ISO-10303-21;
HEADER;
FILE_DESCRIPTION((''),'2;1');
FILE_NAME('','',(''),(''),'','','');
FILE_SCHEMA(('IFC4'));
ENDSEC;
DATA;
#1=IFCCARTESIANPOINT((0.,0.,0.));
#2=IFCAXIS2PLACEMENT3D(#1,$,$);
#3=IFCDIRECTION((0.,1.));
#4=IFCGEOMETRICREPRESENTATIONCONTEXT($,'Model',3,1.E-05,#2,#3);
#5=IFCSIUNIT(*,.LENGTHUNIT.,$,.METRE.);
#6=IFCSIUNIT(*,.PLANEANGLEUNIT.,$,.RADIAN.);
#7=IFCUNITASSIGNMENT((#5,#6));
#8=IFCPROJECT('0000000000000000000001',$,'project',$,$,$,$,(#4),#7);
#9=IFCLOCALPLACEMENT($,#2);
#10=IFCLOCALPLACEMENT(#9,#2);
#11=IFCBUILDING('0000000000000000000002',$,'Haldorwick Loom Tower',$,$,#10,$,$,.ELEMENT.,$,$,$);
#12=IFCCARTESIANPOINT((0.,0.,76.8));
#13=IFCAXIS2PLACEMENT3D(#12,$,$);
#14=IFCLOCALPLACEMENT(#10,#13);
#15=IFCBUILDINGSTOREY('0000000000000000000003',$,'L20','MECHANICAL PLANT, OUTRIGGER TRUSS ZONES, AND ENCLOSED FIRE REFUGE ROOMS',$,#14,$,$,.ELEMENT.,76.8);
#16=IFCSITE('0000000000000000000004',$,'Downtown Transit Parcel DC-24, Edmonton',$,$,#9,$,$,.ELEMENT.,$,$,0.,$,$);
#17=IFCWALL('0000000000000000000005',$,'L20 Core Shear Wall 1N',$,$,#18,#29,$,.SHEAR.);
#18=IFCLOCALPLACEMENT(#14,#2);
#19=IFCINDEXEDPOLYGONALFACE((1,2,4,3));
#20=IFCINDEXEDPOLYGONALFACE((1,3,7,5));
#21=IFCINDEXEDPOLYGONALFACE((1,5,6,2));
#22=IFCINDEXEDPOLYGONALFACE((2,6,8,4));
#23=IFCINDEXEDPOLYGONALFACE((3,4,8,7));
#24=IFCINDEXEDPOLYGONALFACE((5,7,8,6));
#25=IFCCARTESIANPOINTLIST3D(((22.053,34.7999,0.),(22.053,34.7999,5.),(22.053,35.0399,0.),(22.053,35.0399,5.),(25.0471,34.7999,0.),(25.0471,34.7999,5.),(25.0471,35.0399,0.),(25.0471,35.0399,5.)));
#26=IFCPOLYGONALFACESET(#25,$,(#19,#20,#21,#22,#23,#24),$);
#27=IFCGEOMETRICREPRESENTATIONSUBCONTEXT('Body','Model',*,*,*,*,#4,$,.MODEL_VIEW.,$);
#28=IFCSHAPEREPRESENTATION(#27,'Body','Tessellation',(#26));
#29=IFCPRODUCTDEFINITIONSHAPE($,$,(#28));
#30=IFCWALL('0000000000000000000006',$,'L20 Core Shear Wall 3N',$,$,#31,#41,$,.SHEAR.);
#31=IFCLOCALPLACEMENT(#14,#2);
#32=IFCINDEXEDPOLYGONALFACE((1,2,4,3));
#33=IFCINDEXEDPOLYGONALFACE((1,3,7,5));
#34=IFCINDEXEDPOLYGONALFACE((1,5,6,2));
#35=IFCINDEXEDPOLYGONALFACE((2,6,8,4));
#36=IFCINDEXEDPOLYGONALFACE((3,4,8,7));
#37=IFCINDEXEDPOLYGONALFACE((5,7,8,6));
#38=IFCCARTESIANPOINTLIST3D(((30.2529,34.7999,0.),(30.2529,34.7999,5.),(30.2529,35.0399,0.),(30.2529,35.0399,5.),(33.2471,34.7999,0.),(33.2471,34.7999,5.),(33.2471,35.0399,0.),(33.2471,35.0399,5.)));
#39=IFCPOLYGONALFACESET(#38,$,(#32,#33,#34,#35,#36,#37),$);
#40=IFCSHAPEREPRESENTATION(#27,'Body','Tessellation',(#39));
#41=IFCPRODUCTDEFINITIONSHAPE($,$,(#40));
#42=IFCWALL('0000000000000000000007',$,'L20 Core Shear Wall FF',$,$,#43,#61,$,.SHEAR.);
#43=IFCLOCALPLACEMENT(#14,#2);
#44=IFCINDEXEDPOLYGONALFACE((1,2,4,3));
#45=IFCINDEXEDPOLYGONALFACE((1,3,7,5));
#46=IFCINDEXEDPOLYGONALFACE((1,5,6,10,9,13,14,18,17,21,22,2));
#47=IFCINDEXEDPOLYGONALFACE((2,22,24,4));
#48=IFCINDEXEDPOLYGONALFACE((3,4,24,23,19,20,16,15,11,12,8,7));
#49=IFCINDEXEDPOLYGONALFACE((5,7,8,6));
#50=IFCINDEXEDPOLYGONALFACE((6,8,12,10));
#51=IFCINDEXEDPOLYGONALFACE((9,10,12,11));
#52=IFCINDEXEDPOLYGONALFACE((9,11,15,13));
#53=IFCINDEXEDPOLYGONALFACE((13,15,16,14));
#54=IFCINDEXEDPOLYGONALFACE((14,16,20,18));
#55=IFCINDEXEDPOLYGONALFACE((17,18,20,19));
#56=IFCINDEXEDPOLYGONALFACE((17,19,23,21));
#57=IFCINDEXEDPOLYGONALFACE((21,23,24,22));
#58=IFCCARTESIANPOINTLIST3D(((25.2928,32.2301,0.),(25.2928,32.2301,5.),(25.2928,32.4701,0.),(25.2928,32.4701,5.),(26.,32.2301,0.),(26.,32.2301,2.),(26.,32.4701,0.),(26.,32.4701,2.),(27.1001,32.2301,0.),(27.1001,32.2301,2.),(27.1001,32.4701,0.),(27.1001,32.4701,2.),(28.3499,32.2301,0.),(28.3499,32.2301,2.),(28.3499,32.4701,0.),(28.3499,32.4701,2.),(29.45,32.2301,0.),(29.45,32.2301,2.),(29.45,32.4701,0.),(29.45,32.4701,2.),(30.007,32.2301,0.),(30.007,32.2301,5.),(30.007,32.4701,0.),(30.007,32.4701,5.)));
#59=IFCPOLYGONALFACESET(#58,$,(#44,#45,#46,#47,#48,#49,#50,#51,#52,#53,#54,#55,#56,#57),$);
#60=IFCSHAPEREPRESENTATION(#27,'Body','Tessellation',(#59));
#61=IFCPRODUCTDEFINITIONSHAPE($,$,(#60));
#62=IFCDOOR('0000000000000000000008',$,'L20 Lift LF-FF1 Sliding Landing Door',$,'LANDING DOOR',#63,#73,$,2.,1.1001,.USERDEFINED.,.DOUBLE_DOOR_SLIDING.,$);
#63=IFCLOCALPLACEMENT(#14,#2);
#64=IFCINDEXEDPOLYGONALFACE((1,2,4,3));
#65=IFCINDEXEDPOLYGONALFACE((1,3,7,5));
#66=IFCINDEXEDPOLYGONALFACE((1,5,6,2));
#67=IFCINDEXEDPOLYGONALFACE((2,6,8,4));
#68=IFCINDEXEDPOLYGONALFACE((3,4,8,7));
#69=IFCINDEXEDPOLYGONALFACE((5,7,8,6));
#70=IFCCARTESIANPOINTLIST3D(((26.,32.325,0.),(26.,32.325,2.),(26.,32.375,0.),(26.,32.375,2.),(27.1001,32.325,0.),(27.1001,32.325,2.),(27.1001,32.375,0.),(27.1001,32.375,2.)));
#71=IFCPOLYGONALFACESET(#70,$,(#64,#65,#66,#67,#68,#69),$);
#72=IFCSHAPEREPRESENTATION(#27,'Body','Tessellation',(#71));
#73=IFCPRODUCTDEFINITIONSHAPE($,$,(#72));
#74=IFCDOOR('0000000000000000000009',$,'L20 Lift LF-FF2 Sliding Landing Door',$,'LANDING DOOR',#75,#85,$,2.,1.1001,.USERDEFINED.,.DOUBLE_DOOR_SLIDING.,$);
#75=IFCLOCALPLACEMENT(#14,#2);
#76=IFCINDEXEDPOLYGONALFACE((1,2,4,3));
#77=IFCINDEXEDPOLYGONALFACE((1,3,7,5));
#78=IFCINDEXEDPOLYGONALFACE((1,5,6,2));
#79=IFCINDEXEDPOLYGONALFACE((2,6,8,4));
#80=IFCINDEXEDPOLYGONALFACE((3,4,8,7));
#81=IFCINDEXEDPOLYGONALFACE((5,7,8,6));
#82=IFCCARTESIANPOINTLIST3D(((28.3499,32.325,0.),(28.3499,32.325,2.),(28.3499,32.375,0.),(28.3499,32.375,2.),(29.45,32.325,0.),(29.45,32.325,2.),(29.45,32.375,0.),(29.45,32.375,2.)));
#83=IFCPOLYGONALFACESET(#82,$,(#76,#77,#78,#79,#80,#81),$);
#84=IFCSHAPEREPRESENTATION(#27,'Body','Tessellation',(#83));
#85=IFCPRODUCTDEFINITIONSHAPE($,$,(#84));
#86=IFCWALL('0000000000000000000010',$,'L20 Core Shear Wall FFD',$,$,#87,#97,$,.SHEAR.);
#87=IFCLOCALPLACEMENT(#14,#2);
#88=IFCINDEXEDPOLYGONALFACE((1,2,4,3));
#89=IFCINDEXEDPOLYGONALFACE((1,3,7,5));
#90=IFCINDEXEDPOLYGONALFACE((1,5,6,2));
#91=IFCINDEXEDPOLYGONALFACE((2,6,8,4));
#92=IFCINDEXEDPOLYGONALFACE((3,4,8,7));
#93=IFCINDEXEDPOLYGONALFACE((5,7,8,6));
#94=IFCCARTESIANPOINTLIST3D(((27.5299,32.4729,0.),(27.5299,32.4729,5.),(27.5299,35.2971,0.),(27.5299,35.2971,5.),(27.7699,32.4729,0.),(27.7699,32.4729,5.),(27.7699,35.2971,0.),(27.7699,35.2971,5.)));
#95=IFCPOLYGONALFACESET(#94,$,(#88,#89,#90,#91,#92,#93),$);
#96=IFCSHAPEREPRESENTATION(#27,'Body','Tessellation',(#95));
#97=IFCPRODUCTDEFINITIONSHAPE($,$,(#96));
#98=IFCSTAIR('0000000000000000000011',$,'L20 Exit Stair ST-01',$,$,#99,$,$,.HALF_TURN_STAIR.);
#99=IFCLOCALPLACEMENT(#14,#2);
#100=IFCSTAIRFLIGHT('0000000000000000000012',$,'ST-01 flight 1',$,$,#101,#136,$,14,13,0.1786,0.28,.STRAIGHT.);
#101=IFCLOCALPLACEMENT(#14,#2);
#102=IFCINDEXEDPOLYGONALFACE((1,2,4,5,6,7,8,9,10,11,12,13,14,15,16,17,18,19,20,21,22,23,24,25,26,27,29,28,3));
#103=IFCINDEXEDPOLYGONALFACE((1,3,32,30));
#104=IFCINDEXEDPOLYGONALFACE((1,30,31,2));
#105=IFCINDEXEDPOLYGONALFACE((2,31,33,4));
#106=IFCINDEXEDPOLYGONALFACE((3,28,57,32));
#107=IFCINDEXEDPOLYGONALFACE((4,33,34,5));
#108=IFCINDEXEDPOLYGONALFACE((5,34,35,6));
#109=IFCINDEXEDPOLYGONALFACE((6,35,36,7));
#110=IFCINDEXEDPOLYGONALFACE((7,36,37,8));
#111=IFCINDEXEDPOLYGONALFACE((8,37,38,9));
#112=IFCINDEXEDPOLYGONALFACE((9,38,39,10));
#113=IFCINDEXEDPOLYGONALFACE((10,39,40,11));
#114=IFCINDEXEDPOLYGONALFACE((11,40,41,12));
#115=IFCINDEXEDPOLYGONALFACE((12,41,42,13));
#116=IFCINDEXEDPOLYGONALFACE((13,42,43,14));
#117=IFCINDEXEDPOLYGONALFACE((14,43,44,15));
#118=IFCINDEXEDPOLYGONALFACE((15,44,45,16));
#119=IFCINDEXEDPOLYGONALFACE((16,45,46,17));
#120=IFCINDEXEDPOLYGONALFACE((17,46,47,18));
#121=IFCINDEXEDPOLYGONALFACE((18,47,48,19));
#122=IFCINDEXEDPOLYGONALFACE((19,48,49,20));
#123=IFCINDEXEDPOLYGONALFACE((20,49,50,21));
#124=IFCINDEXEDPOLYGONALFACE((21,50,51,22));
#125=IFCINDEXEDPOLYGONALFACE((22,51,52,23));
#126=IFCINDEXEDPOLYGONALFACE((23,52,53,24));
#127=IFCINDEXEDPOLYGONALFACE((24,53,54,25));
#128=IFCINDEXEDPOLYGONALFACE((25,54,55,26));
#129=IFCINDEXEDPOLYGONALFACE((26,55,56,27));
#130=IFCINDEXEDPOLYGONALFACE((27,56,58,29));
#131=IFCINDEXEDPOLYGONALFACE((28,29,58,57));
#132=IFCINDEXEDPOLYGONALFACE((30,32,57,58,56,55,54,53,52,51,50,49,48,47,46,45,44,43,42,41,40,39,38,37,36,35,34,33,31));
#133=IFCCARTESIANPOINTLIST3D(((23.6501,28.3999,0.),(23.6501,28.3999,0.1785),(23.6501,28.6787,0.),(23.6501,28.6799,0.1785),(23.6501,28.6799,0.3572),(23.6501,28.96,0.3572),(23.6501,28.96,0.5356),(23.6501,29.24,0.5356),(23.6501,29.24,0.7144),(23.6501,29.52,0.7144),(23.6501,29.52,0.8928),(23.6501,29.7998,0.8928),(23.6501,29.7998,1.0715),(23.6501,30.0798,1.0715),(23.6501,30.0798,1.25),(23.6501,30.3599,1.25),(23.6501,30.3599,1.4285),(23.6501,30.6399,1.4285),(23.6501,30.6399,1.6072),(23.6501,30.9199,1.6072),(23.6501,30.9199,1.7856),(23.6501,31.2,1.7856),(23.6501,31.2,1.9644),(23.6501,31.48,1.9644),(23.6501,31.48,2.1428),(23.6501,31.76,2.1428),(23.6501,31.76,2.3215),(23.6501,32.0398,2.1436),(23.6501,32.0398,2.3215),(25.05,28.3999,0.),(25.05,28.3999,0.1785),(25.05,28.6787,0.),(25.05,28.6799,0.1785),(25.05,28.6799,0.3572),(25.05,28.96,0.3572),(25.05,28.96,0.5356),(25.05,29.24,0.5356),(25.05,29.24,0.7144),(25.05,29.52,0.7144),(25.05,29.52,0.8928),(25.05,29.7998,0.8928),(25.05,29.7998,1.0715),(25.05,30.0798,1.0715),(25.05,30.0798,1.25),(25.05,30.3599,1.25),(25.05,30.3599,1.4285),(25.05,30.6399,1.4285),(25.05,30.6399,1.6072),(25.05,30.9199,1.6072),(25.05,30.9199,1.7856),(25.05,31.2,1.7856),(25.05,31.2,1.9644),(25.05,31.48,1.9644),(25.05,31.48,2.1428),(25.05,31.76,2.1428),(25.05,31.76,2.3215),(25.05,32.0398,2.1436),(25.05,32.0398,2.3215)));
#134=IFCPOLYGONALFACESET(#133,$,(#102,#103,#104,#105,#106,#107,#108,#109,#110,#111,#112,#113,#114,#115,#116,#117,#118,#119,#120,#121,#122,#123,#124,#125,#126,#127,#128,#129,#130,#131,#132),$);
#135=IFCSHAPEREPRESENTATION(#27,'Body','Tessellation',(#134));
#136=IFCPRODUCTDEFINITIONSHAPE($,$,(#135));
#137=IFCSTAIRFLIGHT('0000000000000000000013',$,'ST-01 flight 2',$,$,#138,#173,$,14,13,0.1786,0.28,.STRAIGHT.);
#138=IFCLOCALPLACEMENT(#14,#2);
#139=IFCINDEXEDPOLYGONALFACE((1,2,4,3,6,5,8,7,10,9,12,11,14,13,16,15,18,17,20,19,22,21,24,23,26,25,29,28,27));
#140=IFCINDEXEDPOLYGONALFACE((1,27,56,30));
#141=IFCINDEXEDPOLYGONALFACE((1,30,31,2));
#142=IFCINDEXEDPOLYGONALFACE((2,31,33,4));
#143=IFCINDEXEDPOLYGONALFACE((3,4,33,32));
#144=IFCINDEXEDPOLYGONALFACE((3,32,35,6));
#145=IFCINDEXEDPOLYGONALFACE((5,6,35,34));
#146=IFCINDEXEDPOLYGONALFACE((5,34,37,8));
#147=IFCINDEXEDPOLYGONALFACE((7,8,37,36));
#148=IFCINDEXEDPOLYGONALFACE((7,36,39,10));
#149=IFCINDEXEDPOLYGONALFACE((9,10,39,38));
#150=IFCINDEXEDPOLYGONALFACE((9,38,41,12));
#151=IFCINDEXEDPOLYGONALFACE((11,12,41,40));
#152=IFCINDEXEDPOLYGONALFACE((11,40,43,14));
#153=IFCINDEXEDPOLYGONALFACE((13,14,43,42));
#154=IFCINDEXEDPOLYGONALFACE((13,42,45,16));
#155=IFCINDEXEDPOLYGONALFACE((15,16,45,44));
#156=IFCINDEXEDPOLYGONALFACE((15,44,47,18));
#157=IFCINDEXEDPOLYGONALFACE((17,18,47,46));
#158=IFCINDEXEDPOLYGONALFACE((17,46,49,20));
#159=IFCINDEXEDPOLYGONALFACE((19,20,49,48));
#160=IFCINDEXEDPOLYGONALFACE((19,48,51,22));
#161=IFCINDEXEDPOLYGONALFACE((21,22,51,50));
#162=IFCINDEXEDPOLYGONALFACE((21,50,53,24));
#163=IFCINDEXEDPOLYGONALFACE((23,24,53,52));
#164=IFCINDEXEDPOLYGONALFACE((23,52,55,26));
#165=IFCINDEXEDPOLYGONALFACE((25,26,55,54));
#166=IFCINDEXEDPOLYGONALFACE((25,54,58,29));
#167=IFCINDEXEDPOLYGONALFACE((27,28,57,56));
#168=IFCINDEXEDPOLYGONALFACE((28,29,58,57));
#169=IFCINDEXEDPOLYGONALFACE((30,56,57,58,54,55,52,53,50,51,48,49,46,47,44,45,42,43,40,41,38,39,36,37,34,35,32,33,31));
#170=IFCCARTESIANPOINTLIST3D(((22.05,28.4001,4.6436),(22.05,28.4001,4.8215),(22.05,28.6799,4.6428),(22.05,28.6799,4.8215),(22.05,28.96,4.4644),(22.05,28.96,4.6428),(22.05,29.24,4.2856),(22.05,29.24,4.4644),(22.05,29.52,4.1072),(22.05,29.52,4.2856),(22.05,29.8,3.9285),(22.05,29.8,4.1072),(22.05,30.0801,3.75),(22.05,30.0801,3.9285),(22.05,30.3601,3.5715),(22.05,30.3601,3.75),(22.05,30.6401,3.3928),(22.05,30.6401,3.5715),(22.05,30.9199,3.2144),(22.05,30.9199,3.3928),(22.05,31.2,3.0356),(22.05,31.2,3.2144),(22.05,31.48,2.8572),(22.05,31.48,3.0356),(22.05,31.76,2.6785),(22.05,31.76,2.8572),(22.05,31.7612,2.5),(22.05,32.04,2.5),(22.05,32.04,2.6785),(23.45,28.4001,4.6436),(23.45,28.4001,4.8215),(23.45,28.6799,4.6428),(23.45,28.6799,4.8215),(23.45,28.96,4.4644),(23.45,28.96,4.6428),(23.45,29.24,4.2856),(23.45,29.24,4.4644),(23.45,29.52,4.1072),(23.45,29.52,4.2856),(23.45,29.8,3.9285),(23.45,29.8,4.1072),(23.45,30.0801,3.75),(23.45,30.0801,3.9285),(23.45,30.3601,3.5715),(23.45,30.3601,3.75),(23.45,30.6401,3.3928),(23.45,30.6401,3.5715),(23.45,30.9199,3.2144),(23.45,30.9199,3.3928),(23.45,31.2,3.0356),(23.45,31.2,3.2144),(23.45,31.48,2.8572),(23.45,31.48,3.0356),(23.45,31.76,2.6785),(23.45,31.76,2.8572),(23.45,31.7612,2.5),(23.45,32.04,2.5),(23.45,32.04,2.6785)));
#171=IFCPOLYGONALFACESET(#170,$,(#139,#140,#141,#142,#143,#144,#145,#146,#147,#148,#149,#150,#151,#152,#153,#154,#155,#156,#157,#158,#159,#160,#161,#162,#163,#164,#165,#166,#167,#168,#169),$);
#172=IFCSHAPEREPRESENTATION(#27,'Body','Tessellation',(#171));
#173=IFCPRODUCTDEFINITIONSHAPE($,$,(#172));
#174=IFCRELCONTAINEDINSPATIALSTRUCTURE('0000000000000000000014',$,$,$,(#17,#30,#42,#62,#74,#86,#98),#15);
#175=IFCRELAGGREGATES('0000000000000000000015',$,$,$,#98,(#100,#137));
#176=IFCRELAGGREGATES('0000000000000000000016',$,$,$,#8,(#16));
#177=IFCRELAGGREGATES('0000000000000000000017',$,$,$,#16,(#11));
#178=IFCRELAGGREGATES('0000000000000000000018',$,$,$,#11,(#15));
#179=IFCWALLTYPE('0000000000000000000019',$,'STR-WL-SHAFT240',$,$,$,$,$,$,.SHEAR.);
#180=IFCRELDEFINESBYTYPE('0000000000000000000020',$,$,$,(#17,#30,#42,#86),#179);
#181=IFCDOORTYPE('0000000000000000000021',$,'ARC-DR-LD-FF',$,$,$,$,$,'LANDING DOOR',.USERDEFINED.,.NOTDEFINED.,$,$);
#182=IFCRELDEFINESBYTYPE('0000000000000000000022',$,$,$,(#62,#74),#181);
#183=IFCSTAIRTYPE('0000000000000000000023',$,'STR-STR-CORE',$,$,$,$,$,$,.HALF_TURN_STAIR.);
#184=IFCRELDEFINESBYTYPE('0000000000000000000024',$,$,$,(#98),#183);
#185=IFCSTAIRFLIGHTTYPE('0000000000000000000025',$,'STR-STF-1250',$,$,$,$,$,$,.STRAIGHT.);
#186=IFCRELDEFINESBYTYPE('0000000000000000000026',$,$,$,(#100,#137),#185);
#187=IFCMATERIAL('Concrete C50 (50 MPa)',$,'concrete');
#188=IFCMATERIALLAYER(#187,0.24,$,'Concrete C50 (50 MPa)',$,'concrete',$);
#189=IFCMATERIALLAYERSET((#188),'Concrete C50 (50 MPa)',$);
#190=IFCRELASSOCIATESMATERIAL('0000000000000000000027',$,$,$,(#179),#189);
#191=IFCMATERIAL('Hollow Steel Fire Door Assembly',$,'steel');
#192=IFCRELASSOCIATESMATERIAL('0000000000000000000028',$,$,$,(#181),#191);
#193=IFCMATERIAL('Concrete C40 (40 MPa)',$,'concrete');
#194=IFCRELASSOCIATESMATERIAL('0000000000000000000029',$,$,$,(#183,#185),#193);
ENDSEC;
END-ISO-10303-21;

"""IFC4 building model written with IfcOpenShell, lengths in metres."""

from ifc_helpers import new_model, si_unit, direction, frame, frame_2d, origin, place, context, subcontext, project, spatial, polyline, rectangle, outline, extrude, material, layer, layer_set, type_object, element, fill, aggregate, save


model = new_model("IFC4")

# Units and contexts
model_context = context("Model", 3, precision=1e-05, world=origin(), true_north=direction((0.0, 1.0)))
body_context = subcontext(model_context, "Body", "Model", "MODEL_VIEW")
ifc_project = project(units=[si_unit("LENGTHUNIT", "METRE"), si_unit("PLANEANGLEUNIT", "RADIAN")], contexts=[model_context])

# Site, building, storey
site_placement = place(None, origin())
site = spatial("IfcSite", under=ifc_project, at=site_placement, Name="Downtown Transit Parcel DC-24, Edmonton", CompositionType="ELEMENT", RefElevation=0.0)
building_placement = place(site_placement, origin())
building = spatial("IfcBuilding", under=site, at=building_placement, Name="Haldorwick Loom Tower", CompositionType="ELEMENT")
storey_placement = place(building_placement, frame((0.0, 0.0, 76.8)))
storey = spatial("IfcBuildingStorey", under=building, at=storey_placement, Name="L20", Description="MECHANICAL PLANT, OUTRIGGER TRUSS ZONES, AND ENCLOSED FIRE REFUGE ROOMS", CompositionType="ELEMENT", Elevation=76.8)

# Walls
ifc_material_1 = material(Name="Concrete C50 (50 MPa)", Category="concrete")
ifc_layer = layer(ifc_material_1, 0.24, Name="Concrete C50 (50 MPa)", Category="concrete")
ifc_layer_set = layer_set([ifc_layer], Name="Concrete C50 (50 MPa)")
wall_type = type_object("IfcWallType", Name="STR-WL-SHAFT240", PredefinedType="SHEAR", material=ifc_layer_set)
for number, where, z_axis, x_axis, name in (
    (1, (22.053, 34.9199, 0.0), (0.0, 0.0, 1.0), (1.0, 0.0, 0.0), "L20 Core Shear Wall 1N"),
    (2, (30.2529, 34.9199, 0.0), (0.0, 0.0, 1.0), (1.0, 0.0, 0.0), "L20 Core Shear Wall 3N"),
):
    element("IfcWall", number, at=place(storey_placement, frame(where, z_axis=z_axis, x_axis=x_axis)), inside=storey, type_object=wall_type, Name=name, PredefinedType="SHEAR", context=body_context, shape_type="SweptSolid", body=[
        extrude(rectangle(XDim=2.9941, YDim=0.24, at=frame_2d((1.4971, 0.0))), origin(), (0.0, 0.0, 1.0), 5.0),
    ])

# Wall, openings, doors
wall_1_placement = place(storey_placement, frame((25.293, 32.3501, 0.0), z_axis=(0.0, 0.0, 1.0), x_axis=(1.0, 0.0, 0.0)))
wall_1 = element("IfcWall", 3, at=wall_1_placement, inside=storey, type_object=wall_type, Name="L20 Core Shear Wall FF", PredefinedType="SHEAR", context=body_context, shape_type="SweptSolid", body=[
    extrude(rectangle(XDim=4.7141, YDim=0.24, at=frame_2d((2.3569, 0.0))), origin(), (0.0, 0.0, 1.0), 5.0),
])
opening_1_placement = place(wall_1_placement, frame((0.707, 0.0, 0.0)))
opening_1 = element("IfcOpeningElement", 4, at=opening_1_placement, cuts=wall_1, PredefinedType="OPENING", context=body_context, shape_type="SweptSolid", body=[
    extrude(rectangle(XDim=1.1001, YDim=2.0, at=frame_2d((0.55, 1.0))), frame((0.0, 0.1299, 0.0), z_axis=(0.0, -1.0, 0.0), x_axis=(1.0, 0.0, 0.0)), (0.0, 0.0, 1.0), 0.26),
])
opening_2_placement = place(wall_1_placement, frame((3.0569, 0.0, 0.0)))
opening_2 = element("IfcOpeningElement", 5, at=opening_2_placement, cuts=wall_1, PredefinedType="OPENING", context=body_context, shape_type="SweptSolid", body=[
    extrude(rectangle(XDim=1.1001, YDim=2.0, at=frame_2d((0.55, 1.0))), frame((0.0, 0.1299, 0.0), z_axis=(0.0, -1.0, 0.0), x_axis=(1.0, 0.0, 0.0)), (0.0, 0.0, 1.0), 0.26),
])
ifc_material_2 = material(Name="Hollow Steel Fire Door Assembly", Category="steel")
door_type = type_object("IfcDoorType", Name="ARC-DR-LD-FF", ElementType="LANDING DOOR", OperationType="NOTDEFINED", PredefinedType="USERDEFINED", material=ifc_material_2)
door_1_placement = place(opening_1_placement, origin())
door_1 = element("IfcDoor", 6, at=door_1_placement, inside=storey, type_object=door_type, Name="L20 Lift LF-FF1 Sliding Landing Door", ObjectType="LANDING DOOR", OperationType="DOUBLE_DOOR_SLIDING", OverallHeight=2.0, OverallWidth=1.1001, PredefinedType="USERDEFINED", context=body_context, shape_type="SweptSolid", body=[
    extrude(rectangle(XDim=1.1001, YDim=2.0, at=frame_2d((0.55, 1.0))), frame((0.0, 0.0249, 0.0), z_axis=(0.0, -1.0, 0.0), x_axis=(1.0, 0.0, 0.0)), (0.0, 0.0, 1.0), 0.05),
])
fill(opening_1, door_1)
door_2_placement = place(opening_2_placement, origin())
door_2 = element("IfcDoor", 7, at=door_2_placement, inside=storey, type_object=door_type, Name="L20 Lift LF-FF2 Sliding Landing Door", ObjectType="LANDING DOOR", OperationType="DOUBLE_DOOR_SLIDING", OverallHeight=2.0, OverallWidth=1.1001, PredefinedType="USERDEFINED", context=body_context, shape_type="SweptSolid", body=[
    extrude(rectangle(XDim=1.1001, YDim=2.0, at=frame_2d((0.55, 1.0))), frame((0.0, 0.0249, 0.0), z_axis=(0.0, -1.0, 0.0), x_axis=(1.0, 0.0, 0.0)), (0.0, 0.0, 1.0), 0.05),
])
fill(opening_2, door_2)

# Wall
wall_2_placement = place(storey_placement, frame((27.6499, 32.4729, 0.0), z_axis=(0.0, 0.0, 1.0), x_axis=(0.0, 1.0, 0.0)))
element("IfcWall", 8, at=wall_2_placement, inside=storey, type_object=wall_type, Name="L20 Core Shear Wall FFD", PredefinedType="SHEAR", context=body_context, shape_type="SweptSolid", body=[
    extrude(rectangle(XDim=2.8242, YDim=0.24, at=frame_2d((1.4121, 0.0))), origin(), (0.0, 0.0, 1.0), 5.0),
])

# Stair, stair flights
ifc_material_3 = material(Name="Concrete C40 (40 MPa)", Category="concrete")
stair_type = type_object("IfcStairType", Name="STR-STR-CORE", PredefinedType="HALF_TURN_STAIR", material=ifc_material_3)
stair_1_placement = place(storey_placement, origin())
stair_1 = element("IfcStair", 9, at=stair_1_placement, inside=storey, type_object=stair_type, Name="L20 Exit Stair ST-01", PredefinedType="HALF_TURN_STAIR")
stair_flight_type = type_object("IfcStairFlightType", Name="STR-STF-1250", PredefinedType="STRAIGHT", material=ifc_material_3)
stair_flight_1_placement = place(storey_placement, frame((24.3501, 28.3999, 0.0), z_axis=(0.0, 0.0, 1.0), x_axis=(0.0, 1.0, 0.0)))
stair_flight_1 = element("IfcStairFlight", 10, at=stair_flight_1_placement, type_object=stair_flight_type, Name="ST-01 flight 1", NumberOfRisers=14, NumberOfTreads=13, PredefinedType="STRAIGHT", RiserHeight=0.1786, TreadLength=0.28, context=body_context, shape_type="SweptSolid", body=[
    extrude(outline(polyline([(0.0, 0.0), (0.0, 0.1785), (0.28, 0.1785), (0.28, 0.3572), (0.5601, 0.3572), (0.5601, 0.5356), (0.8401, 0.5356), (0.8401, 0.7144), (1.1201, 0.7144), (1.1201, 0.8928), (1.3999, 0.8928), (1.3999, 1.0715), (1.6799, 1.0715), (1.6799, 1.25), (1.96, 1.25), (1.96, 1.4285), (2.24, 1.4285), (2.24, 1.6072), (2.52, 1.6072), (2.52, 1.7856), (2.8, 1.7856), (2.8, 1.9644), (3.0801, 1.9644), (3.0801, 2.1428), (3.3601, 2.1428), (3.3601, 2.3215), (3.6399, 2.3215), (3.6399, 2.5), (3.6399, 2.1436), (0.2788, 0.0), (0.0, 0.0)])), frame((0.0, 0.7, 0.0), z_axis=(0.0, -1.0, 0.0), x_axis=(1.0, 0.0, 0.0)), (0.0, 0.0, 1.0), 1.3999),
])
stair_flight_2_placement = place(storey_placement, frame((22.75, 32.04, 2.5), z_axis=(0.0, 0.0, 1.0), x_axis=(0.0, -1.0, 0.0)))
stair_flight_2 = element("IfcStairFlight", 11, at=stair_flight_2_placement, type_object=stair_flight_type, Name="ST-01 flight 2", NumberOfRisers=14, NumberOfTreads=13, PredefinedType="STRAIGHT", RiserHeight=0.1786, TreadLength=0.28, context=body_context, shape_type="SweptSolid", body=[
    extrude(outline(polyline([(0.0, 0.0), (0.0, 0.1785), (0.28, 0.1785), (0.28, 0.3572), (0.5601, 0.3572), (0.5601, 0.5356), (0.8401, 0.5356), (0.8401, 0.7144), (1.1201, 0.7144), (1.1201, 0.8928), (1.3999, 0.8928), (1.3999, 1.0715), (1.6799, 1.0715), (1.6799, 1.25), (1.96, 1.25), (1.96, 1.4285), (2.24, 1.4285), (2.24, 1.6072), (2.52, 1.6072), (2.52, 1.7856), (2.8, 1.7856), (2.8, 1.9644), (3.0801, 1.9644), (3.0801, 2.1428), (3.3601, 2.1428), (3.3601, 2.3215), (3.6399, 2.3215), (3.6399, 2.5), (3.6399, 2.1436), (0.2788, 0.0), (0.0, 0.0)])), frame((0.0, 0.7, 0.0), z_axis=(0.0, -1.0, 0.0), x_axis=(1.0, 0.0, 0.0)), (0.0, 0.0, 1.0), 1.3999),
])
aggregate(stair_1, [stair_flight_1, stair_flight_2])

save(model, "model.ifc")
